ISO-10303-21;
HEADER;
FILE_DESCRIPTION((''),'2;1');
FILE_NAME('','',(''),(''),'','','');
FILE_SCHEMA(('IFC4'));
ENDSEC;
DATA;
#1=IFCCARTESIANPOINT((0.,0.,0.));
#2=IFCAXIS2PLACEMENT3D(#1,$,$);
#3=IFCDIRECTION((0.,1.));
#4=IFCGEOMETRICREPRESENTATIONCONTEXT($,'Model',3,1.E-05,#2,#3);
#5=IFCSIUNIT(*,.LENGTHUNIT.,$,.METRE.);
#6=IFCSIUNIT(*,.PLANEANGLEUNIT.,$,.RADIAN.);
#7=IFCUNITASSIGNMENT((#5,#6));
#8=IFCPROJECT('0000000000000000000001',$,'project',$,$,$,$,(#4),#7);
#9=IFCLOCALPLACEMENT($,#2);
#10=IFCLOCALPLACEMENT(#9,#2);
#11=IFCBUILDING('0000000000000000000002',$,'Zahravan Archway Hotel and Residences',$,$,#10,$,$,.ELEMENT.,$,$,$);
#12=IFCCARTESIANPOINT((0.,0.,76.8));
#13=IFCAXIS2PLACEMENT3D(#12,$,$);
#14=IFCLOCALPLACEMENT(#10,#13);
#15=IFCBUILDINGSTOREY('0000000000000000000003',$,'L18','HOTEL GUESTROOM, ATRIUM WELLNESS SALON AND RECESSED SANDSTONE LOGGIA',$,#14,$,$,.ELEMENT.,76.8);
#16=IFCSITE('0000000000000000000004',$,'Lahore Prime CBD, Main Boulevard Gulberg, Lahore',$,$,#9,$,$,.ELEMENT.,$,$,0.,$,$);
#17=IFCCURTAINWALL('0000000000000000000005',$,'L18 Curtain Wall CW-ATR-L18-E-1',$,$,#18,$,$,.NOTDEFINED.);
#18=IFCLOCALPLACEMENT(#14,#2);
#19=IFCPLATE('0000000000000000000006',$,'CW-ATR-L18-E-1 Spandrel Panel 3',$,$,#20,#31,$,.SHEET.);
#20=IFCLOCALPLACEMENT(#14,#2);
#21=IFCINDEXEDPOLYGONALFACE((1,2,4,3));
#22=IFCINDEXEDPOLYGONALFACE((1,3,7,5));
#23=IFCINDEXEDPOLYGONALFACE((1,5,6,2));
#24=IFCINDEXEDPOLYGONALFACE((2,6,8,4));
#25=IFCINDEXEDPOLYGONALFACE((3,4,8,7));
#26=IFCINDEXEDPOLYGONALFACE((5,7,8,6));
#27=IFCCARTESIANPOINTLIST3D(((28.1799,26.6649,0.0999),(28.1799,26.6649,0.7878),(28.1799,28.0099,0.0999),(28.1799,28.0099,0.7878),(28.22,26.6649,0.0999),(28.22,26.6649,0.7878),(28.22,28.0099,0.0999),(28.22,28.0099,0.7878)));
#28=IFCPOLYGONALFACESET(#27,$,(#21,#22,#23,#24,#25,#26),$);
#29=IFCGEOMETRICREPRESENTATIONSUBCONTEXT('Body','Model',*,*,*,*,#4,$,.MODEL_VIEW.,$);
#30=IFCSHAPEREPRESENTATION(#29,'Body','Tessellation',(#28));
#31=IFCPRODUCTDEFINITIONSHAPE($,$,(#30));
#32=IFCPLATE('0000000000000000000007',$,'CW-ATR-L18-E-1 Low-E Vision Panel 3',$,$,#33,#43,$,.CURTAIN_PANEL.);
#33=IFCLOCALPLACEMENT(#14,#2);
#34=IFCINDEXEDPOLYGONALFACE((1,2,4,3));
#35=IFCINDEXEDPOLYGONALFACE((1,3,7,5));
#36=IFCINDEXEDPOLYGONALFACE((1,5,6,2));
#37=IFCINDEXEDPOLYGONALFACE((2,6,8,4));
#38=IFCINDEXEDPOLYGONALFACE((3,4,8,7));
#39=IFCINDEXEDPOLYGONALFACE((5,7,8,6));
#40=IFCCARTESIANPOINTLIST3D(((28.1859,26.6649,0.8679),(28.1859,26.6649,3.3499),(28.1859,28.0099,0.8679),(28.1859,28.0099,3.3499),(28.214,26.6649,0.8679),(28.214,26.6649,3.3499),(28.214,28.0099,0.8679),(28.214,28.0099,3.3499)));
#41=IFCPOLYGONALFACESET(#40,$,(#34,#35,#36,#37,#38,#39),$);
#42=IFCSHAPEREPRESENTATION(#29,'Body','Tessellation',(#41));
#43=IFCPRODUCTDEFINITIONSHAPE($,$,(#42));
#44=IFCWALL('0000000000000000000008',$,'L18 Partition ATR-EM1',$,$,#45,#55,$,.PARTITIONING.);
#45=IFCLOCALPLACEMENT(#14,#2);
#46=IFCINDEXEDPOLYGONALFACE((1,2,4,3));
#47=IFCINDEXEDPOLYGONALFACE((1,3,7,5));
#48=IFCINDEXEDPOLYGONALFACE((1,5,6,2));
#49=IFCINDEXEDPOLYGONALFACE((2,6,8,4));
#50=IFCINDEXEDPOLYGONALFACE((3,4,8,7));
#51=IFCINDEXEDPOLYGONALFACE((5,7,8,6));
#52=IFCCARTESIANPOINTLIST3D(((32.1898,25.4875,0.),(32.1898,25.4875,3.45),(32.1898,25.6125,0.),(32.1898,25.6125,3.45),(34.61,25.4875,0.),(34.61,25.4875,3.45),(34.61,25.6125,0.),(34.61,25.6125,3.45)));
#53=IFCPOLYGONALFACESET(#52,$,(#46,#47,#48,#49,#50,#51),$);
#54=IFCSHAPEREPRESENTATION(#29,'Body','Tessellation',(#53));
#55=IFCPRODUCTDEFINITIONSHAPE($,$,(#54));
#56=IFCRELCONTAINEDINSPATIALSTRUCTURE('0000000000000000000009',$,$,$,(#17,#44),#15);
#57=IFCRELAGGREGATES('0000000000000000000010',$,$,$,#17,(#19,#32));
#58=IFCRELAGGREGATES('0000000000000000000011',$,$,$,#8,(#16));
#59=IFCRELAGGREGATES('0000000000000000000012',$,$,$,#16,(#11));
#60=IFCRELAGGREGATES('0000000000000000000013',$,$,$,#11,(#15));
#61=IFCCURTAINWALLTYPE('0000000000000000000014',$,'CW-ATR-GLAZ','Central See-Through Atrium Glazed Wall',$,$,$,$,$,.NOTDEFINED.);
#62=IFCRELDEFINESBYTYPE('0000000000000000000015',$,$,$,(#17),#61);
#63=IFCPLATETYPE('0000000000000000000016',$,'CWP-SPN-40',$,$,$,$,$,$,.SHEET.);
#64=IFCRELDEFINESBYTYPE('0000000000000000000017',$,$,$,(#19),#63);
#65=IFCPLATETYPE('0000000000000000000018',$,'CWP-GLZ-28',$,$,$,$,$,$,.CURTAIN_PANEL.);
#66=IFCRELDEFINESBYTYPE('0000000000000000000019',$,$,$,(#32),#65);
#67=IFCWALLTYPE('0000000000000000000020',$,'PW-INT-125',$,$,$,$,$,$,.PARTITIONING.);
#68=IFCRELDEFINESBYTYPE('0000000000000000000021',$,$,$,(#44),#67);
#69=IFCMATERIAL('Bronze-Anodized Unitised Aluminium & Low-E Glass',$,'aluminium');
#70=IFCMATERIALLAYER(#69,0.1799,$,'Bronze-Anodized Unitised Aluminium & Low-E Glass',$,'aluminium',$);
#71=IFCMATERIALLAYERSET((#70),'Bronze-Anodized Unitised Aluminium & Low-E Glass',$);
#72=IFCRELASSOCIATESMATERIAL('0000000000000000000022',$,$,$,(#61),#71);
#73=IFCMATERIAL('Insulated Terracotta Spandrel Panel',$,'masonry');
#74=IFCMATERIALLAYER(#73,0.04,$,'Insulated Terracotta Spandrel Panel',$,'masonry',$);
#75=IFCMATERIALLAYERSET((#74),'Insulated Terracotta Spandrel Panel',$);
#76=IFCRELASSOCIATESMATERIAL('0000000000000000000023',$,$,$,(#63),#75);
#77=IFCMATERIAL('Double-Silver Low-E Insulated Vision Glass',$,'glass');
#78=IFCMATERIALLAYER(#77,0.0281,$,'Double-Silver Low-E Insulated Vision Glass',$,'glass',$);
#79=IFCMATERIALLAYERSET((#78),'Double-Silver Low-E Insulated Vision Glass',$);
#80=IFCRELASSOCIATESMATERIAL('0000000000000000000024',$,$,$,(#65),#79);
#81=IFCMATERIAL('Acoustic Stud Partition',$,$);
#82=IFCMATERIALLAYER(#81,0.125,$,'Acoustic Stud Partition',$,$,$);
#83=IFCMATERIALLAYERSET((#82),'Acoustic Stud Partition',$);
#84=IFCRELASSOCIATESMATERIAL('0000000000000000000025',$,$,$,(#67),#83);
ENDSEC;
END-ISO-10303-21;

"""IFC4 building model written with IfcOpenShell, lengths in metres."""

from ifc_helpers import new_model, si_unit, direction, frame, frame_2d, origin, origin_2d, place, context, subcontext, project, spatial, rectangle, extrude, source, transform, mapped, material, layer, layer_set, type_object, element, aggregate, save


model = new_model("IFC4")

# Units and contexts
model_context = context("Model", 3, precision=1e-05, world=origin(), true_north=direction((0.0, 1.0)))
body_context = subcontext(model_context, "Body", "Model", "MODEL_VIEW")
ifc_project = project(units=[si_unit("LENGTHUNIT", "METRE"), si_unit("PLANEANGLEUNIT", "RADIAN")], contexts=[model_context])

# Site, building, storey
site_placement = place(None, origin())
site = spatial("IfcSite", under=ifc_project, at=site_placement, Name="Lahore Prime CBD, Main Boulevard Gulberg, Lahore", CompositionType="ELEMENT", RefElevation=0.0)
building_placement = place(site_placement, origin())
building = spatial("IfcBuilding", under=site, at=building_placement, Name="Zahravan Archway Hotel and Residences", CompositionType="ELEMENT")
storey_placement = place(building_placement, frame((0.0, 0.0, 76.8)))
storey = spatial("IfcBuildingStorey", under=building, at=storey_placement, Name="L18", Description="HOTEL GUESTROOM, ATRIUM WELLNESS SALON AND RECESSED SANDSTONE LOGGIA", CompositionType="ELEMENT", Elevation=76.8)

# Shared definitions
ifc_material_1 = material(Name="Bronze-Anodized Unitised Aluminium & Low-E Glass", Category="aluminium")
ifc_layer_1 = layer(ifc_material_1, 0.1799, Name="Bronze-Anodized Unitised Aluminium & Low-E Glass", Category="aluminium")
ifc_layer_set_1 = layer_set([ifc_layer_1], Name="Bronze-Anodized Unitised Aluminium & Low-E Glass")
curtain_wall_type = type_object("IfcCurtainWallType", Name="CW-ATR-GLAZ", Description="Central See-Through Atrium Glazed Wall", PredefinedType="NOTDEFINED", material=ifc_layer_set_1)

# Curtain wall
curtain_wall_1_placement = place(storey_placement, origin())
curtain_wall_1 = element("IfcCurtainWall", 1, at=curtain_wall_1_placement, inside=storey, type_object=curtain_wall_type, Name="L18 Curtain Wall CW-ATR-L18-E-1", PredefinedType="NOTDEFINED")

# Plates
ifc_material_2 = material(Name="Insulated Terracotta Spandrel Panel", Category="masonry")
ifc_layer_2 = layer(ifc_material_2, 0.04, Name="Insulated Terracotta Spandrel Panel", Category="masonry")
ifc_layer_set_2 = layer_set([ifc_layer_2], Name="Insulated Terracotta Spandrel Panel")
plate_type_1 = type_object("IfcPlateType", Name="CWP-SPN-40", PredefinedType="SHEET", material=ifc_layer_set_2)
ifc_material_3 = material(Name="Double-Silver Low-E Insulated Vision Glass", Category="glass")
ifc_layer_3 = layer(ifc_material_3, 0.0281, Name="Double-Silver Low-E Insulated Vision Glass", Category="glass")
ifc_layer_set_3 = layer_set([ifc_layer_3], Name="Double-Silver Low-E Insulated Vision Glass")
plate_type_2 = type_object("IfcPlateType", Name="CWP-GLZ-28", PredefinedType="CURTAIN_PANEL", material=ifc_layer_set_3)
shared_shape_1 = source(origin(), body_context, "Body", "SweptSolid", [
    extrude(rectangle(XDim=1.345, YDim=0.04, at=origin_2d()), origin(), (0.0, 0.0, 1.0), 0.688),
])
plate_1_placement = place(storey_placement, frame((28.2, 27.3374, 0.0999), z_axis=(0.0, 0.0, 1.0), x_axis=(0.0, 1.0, 0.0)))
plate_1 = element("IfcPlate", 2, at=plate_1_placement, type_object=plate_type_1, Name="CW-ATR-L18-E-1 Spandrel Panel 3", PredefinedType="SHEET", context=body_context, shape_type="MappedRepresentation", body=[
    mapped(shared_shape_1, transform((0.0, 0.0, 0.0), scale=1.0)),
])
shared_shape_2 = source(origin(), body_context, "Body", "SweptSolid", [
    extrude(rectangle(XDim=1.345, YDim=0.0281, at=origin_2d()), origin(), (0.0, 0.0, 1.0), 2.4819),
])
plate_2_placement = place(storey_placement, frame((28.2, 27.3374, 0.8679), z_axis=(0.0, 0.0, 1.0), x_axis=(0.0, 1.0, 0.0)))
plate_2 = element("IfcPlate", 3, at=plate_2_placement, type_object=plate_type_2, Name="CW-ATR-L18-E-1 Low-E Vision Panel 3", PredefinedType="CURTAIN_PANEL", context=body_context, shape_type="MappedRepresentation", body=[
    mapped(shared_shape_2, transform((0.0, 0.0, 0.0), scale=1.0)),
])
aggregate(curtain_wall_1, [plate_1, plate_2])

# Wall
ifc_material_4 = material(Name="Acoustic Stud Partition")
ifc_layer_4 = layer(ifc_material_4, 0.125, Name="Acoustic Stud Partition")
ifc_layer_set_4 = layer_set([ifc_layer_4], Name="Acoustic Stud Partition")
wall_type = type_object("IfcWallType", Name="PW-INT-125", PredefinedType="PARTITIONING", material=ifc_layer_set_4)
wall_placement = place(storey_placement, frame((32.1899, 25.55, 0.0), z_axis=(0.0, 0.0, 1.0), x_axis=(1.0, 0.0, 0.0)))
element("IfcWall", 4, at=wall_placement, inside=storey, type_object=wall_type, Name="L18 Partition ATR-EM1", PredefinedType="PARTITIONING", context=body_context, shape_type="SweptSolid", body=[
    extrude(rectangle(XDim=2.4202, YDim=0.125, at=frame_2d((1.21, 0.0))), origin(), (0.0, 0.0, 1.0), 3.45),
])

save(model, "model.ifc")
